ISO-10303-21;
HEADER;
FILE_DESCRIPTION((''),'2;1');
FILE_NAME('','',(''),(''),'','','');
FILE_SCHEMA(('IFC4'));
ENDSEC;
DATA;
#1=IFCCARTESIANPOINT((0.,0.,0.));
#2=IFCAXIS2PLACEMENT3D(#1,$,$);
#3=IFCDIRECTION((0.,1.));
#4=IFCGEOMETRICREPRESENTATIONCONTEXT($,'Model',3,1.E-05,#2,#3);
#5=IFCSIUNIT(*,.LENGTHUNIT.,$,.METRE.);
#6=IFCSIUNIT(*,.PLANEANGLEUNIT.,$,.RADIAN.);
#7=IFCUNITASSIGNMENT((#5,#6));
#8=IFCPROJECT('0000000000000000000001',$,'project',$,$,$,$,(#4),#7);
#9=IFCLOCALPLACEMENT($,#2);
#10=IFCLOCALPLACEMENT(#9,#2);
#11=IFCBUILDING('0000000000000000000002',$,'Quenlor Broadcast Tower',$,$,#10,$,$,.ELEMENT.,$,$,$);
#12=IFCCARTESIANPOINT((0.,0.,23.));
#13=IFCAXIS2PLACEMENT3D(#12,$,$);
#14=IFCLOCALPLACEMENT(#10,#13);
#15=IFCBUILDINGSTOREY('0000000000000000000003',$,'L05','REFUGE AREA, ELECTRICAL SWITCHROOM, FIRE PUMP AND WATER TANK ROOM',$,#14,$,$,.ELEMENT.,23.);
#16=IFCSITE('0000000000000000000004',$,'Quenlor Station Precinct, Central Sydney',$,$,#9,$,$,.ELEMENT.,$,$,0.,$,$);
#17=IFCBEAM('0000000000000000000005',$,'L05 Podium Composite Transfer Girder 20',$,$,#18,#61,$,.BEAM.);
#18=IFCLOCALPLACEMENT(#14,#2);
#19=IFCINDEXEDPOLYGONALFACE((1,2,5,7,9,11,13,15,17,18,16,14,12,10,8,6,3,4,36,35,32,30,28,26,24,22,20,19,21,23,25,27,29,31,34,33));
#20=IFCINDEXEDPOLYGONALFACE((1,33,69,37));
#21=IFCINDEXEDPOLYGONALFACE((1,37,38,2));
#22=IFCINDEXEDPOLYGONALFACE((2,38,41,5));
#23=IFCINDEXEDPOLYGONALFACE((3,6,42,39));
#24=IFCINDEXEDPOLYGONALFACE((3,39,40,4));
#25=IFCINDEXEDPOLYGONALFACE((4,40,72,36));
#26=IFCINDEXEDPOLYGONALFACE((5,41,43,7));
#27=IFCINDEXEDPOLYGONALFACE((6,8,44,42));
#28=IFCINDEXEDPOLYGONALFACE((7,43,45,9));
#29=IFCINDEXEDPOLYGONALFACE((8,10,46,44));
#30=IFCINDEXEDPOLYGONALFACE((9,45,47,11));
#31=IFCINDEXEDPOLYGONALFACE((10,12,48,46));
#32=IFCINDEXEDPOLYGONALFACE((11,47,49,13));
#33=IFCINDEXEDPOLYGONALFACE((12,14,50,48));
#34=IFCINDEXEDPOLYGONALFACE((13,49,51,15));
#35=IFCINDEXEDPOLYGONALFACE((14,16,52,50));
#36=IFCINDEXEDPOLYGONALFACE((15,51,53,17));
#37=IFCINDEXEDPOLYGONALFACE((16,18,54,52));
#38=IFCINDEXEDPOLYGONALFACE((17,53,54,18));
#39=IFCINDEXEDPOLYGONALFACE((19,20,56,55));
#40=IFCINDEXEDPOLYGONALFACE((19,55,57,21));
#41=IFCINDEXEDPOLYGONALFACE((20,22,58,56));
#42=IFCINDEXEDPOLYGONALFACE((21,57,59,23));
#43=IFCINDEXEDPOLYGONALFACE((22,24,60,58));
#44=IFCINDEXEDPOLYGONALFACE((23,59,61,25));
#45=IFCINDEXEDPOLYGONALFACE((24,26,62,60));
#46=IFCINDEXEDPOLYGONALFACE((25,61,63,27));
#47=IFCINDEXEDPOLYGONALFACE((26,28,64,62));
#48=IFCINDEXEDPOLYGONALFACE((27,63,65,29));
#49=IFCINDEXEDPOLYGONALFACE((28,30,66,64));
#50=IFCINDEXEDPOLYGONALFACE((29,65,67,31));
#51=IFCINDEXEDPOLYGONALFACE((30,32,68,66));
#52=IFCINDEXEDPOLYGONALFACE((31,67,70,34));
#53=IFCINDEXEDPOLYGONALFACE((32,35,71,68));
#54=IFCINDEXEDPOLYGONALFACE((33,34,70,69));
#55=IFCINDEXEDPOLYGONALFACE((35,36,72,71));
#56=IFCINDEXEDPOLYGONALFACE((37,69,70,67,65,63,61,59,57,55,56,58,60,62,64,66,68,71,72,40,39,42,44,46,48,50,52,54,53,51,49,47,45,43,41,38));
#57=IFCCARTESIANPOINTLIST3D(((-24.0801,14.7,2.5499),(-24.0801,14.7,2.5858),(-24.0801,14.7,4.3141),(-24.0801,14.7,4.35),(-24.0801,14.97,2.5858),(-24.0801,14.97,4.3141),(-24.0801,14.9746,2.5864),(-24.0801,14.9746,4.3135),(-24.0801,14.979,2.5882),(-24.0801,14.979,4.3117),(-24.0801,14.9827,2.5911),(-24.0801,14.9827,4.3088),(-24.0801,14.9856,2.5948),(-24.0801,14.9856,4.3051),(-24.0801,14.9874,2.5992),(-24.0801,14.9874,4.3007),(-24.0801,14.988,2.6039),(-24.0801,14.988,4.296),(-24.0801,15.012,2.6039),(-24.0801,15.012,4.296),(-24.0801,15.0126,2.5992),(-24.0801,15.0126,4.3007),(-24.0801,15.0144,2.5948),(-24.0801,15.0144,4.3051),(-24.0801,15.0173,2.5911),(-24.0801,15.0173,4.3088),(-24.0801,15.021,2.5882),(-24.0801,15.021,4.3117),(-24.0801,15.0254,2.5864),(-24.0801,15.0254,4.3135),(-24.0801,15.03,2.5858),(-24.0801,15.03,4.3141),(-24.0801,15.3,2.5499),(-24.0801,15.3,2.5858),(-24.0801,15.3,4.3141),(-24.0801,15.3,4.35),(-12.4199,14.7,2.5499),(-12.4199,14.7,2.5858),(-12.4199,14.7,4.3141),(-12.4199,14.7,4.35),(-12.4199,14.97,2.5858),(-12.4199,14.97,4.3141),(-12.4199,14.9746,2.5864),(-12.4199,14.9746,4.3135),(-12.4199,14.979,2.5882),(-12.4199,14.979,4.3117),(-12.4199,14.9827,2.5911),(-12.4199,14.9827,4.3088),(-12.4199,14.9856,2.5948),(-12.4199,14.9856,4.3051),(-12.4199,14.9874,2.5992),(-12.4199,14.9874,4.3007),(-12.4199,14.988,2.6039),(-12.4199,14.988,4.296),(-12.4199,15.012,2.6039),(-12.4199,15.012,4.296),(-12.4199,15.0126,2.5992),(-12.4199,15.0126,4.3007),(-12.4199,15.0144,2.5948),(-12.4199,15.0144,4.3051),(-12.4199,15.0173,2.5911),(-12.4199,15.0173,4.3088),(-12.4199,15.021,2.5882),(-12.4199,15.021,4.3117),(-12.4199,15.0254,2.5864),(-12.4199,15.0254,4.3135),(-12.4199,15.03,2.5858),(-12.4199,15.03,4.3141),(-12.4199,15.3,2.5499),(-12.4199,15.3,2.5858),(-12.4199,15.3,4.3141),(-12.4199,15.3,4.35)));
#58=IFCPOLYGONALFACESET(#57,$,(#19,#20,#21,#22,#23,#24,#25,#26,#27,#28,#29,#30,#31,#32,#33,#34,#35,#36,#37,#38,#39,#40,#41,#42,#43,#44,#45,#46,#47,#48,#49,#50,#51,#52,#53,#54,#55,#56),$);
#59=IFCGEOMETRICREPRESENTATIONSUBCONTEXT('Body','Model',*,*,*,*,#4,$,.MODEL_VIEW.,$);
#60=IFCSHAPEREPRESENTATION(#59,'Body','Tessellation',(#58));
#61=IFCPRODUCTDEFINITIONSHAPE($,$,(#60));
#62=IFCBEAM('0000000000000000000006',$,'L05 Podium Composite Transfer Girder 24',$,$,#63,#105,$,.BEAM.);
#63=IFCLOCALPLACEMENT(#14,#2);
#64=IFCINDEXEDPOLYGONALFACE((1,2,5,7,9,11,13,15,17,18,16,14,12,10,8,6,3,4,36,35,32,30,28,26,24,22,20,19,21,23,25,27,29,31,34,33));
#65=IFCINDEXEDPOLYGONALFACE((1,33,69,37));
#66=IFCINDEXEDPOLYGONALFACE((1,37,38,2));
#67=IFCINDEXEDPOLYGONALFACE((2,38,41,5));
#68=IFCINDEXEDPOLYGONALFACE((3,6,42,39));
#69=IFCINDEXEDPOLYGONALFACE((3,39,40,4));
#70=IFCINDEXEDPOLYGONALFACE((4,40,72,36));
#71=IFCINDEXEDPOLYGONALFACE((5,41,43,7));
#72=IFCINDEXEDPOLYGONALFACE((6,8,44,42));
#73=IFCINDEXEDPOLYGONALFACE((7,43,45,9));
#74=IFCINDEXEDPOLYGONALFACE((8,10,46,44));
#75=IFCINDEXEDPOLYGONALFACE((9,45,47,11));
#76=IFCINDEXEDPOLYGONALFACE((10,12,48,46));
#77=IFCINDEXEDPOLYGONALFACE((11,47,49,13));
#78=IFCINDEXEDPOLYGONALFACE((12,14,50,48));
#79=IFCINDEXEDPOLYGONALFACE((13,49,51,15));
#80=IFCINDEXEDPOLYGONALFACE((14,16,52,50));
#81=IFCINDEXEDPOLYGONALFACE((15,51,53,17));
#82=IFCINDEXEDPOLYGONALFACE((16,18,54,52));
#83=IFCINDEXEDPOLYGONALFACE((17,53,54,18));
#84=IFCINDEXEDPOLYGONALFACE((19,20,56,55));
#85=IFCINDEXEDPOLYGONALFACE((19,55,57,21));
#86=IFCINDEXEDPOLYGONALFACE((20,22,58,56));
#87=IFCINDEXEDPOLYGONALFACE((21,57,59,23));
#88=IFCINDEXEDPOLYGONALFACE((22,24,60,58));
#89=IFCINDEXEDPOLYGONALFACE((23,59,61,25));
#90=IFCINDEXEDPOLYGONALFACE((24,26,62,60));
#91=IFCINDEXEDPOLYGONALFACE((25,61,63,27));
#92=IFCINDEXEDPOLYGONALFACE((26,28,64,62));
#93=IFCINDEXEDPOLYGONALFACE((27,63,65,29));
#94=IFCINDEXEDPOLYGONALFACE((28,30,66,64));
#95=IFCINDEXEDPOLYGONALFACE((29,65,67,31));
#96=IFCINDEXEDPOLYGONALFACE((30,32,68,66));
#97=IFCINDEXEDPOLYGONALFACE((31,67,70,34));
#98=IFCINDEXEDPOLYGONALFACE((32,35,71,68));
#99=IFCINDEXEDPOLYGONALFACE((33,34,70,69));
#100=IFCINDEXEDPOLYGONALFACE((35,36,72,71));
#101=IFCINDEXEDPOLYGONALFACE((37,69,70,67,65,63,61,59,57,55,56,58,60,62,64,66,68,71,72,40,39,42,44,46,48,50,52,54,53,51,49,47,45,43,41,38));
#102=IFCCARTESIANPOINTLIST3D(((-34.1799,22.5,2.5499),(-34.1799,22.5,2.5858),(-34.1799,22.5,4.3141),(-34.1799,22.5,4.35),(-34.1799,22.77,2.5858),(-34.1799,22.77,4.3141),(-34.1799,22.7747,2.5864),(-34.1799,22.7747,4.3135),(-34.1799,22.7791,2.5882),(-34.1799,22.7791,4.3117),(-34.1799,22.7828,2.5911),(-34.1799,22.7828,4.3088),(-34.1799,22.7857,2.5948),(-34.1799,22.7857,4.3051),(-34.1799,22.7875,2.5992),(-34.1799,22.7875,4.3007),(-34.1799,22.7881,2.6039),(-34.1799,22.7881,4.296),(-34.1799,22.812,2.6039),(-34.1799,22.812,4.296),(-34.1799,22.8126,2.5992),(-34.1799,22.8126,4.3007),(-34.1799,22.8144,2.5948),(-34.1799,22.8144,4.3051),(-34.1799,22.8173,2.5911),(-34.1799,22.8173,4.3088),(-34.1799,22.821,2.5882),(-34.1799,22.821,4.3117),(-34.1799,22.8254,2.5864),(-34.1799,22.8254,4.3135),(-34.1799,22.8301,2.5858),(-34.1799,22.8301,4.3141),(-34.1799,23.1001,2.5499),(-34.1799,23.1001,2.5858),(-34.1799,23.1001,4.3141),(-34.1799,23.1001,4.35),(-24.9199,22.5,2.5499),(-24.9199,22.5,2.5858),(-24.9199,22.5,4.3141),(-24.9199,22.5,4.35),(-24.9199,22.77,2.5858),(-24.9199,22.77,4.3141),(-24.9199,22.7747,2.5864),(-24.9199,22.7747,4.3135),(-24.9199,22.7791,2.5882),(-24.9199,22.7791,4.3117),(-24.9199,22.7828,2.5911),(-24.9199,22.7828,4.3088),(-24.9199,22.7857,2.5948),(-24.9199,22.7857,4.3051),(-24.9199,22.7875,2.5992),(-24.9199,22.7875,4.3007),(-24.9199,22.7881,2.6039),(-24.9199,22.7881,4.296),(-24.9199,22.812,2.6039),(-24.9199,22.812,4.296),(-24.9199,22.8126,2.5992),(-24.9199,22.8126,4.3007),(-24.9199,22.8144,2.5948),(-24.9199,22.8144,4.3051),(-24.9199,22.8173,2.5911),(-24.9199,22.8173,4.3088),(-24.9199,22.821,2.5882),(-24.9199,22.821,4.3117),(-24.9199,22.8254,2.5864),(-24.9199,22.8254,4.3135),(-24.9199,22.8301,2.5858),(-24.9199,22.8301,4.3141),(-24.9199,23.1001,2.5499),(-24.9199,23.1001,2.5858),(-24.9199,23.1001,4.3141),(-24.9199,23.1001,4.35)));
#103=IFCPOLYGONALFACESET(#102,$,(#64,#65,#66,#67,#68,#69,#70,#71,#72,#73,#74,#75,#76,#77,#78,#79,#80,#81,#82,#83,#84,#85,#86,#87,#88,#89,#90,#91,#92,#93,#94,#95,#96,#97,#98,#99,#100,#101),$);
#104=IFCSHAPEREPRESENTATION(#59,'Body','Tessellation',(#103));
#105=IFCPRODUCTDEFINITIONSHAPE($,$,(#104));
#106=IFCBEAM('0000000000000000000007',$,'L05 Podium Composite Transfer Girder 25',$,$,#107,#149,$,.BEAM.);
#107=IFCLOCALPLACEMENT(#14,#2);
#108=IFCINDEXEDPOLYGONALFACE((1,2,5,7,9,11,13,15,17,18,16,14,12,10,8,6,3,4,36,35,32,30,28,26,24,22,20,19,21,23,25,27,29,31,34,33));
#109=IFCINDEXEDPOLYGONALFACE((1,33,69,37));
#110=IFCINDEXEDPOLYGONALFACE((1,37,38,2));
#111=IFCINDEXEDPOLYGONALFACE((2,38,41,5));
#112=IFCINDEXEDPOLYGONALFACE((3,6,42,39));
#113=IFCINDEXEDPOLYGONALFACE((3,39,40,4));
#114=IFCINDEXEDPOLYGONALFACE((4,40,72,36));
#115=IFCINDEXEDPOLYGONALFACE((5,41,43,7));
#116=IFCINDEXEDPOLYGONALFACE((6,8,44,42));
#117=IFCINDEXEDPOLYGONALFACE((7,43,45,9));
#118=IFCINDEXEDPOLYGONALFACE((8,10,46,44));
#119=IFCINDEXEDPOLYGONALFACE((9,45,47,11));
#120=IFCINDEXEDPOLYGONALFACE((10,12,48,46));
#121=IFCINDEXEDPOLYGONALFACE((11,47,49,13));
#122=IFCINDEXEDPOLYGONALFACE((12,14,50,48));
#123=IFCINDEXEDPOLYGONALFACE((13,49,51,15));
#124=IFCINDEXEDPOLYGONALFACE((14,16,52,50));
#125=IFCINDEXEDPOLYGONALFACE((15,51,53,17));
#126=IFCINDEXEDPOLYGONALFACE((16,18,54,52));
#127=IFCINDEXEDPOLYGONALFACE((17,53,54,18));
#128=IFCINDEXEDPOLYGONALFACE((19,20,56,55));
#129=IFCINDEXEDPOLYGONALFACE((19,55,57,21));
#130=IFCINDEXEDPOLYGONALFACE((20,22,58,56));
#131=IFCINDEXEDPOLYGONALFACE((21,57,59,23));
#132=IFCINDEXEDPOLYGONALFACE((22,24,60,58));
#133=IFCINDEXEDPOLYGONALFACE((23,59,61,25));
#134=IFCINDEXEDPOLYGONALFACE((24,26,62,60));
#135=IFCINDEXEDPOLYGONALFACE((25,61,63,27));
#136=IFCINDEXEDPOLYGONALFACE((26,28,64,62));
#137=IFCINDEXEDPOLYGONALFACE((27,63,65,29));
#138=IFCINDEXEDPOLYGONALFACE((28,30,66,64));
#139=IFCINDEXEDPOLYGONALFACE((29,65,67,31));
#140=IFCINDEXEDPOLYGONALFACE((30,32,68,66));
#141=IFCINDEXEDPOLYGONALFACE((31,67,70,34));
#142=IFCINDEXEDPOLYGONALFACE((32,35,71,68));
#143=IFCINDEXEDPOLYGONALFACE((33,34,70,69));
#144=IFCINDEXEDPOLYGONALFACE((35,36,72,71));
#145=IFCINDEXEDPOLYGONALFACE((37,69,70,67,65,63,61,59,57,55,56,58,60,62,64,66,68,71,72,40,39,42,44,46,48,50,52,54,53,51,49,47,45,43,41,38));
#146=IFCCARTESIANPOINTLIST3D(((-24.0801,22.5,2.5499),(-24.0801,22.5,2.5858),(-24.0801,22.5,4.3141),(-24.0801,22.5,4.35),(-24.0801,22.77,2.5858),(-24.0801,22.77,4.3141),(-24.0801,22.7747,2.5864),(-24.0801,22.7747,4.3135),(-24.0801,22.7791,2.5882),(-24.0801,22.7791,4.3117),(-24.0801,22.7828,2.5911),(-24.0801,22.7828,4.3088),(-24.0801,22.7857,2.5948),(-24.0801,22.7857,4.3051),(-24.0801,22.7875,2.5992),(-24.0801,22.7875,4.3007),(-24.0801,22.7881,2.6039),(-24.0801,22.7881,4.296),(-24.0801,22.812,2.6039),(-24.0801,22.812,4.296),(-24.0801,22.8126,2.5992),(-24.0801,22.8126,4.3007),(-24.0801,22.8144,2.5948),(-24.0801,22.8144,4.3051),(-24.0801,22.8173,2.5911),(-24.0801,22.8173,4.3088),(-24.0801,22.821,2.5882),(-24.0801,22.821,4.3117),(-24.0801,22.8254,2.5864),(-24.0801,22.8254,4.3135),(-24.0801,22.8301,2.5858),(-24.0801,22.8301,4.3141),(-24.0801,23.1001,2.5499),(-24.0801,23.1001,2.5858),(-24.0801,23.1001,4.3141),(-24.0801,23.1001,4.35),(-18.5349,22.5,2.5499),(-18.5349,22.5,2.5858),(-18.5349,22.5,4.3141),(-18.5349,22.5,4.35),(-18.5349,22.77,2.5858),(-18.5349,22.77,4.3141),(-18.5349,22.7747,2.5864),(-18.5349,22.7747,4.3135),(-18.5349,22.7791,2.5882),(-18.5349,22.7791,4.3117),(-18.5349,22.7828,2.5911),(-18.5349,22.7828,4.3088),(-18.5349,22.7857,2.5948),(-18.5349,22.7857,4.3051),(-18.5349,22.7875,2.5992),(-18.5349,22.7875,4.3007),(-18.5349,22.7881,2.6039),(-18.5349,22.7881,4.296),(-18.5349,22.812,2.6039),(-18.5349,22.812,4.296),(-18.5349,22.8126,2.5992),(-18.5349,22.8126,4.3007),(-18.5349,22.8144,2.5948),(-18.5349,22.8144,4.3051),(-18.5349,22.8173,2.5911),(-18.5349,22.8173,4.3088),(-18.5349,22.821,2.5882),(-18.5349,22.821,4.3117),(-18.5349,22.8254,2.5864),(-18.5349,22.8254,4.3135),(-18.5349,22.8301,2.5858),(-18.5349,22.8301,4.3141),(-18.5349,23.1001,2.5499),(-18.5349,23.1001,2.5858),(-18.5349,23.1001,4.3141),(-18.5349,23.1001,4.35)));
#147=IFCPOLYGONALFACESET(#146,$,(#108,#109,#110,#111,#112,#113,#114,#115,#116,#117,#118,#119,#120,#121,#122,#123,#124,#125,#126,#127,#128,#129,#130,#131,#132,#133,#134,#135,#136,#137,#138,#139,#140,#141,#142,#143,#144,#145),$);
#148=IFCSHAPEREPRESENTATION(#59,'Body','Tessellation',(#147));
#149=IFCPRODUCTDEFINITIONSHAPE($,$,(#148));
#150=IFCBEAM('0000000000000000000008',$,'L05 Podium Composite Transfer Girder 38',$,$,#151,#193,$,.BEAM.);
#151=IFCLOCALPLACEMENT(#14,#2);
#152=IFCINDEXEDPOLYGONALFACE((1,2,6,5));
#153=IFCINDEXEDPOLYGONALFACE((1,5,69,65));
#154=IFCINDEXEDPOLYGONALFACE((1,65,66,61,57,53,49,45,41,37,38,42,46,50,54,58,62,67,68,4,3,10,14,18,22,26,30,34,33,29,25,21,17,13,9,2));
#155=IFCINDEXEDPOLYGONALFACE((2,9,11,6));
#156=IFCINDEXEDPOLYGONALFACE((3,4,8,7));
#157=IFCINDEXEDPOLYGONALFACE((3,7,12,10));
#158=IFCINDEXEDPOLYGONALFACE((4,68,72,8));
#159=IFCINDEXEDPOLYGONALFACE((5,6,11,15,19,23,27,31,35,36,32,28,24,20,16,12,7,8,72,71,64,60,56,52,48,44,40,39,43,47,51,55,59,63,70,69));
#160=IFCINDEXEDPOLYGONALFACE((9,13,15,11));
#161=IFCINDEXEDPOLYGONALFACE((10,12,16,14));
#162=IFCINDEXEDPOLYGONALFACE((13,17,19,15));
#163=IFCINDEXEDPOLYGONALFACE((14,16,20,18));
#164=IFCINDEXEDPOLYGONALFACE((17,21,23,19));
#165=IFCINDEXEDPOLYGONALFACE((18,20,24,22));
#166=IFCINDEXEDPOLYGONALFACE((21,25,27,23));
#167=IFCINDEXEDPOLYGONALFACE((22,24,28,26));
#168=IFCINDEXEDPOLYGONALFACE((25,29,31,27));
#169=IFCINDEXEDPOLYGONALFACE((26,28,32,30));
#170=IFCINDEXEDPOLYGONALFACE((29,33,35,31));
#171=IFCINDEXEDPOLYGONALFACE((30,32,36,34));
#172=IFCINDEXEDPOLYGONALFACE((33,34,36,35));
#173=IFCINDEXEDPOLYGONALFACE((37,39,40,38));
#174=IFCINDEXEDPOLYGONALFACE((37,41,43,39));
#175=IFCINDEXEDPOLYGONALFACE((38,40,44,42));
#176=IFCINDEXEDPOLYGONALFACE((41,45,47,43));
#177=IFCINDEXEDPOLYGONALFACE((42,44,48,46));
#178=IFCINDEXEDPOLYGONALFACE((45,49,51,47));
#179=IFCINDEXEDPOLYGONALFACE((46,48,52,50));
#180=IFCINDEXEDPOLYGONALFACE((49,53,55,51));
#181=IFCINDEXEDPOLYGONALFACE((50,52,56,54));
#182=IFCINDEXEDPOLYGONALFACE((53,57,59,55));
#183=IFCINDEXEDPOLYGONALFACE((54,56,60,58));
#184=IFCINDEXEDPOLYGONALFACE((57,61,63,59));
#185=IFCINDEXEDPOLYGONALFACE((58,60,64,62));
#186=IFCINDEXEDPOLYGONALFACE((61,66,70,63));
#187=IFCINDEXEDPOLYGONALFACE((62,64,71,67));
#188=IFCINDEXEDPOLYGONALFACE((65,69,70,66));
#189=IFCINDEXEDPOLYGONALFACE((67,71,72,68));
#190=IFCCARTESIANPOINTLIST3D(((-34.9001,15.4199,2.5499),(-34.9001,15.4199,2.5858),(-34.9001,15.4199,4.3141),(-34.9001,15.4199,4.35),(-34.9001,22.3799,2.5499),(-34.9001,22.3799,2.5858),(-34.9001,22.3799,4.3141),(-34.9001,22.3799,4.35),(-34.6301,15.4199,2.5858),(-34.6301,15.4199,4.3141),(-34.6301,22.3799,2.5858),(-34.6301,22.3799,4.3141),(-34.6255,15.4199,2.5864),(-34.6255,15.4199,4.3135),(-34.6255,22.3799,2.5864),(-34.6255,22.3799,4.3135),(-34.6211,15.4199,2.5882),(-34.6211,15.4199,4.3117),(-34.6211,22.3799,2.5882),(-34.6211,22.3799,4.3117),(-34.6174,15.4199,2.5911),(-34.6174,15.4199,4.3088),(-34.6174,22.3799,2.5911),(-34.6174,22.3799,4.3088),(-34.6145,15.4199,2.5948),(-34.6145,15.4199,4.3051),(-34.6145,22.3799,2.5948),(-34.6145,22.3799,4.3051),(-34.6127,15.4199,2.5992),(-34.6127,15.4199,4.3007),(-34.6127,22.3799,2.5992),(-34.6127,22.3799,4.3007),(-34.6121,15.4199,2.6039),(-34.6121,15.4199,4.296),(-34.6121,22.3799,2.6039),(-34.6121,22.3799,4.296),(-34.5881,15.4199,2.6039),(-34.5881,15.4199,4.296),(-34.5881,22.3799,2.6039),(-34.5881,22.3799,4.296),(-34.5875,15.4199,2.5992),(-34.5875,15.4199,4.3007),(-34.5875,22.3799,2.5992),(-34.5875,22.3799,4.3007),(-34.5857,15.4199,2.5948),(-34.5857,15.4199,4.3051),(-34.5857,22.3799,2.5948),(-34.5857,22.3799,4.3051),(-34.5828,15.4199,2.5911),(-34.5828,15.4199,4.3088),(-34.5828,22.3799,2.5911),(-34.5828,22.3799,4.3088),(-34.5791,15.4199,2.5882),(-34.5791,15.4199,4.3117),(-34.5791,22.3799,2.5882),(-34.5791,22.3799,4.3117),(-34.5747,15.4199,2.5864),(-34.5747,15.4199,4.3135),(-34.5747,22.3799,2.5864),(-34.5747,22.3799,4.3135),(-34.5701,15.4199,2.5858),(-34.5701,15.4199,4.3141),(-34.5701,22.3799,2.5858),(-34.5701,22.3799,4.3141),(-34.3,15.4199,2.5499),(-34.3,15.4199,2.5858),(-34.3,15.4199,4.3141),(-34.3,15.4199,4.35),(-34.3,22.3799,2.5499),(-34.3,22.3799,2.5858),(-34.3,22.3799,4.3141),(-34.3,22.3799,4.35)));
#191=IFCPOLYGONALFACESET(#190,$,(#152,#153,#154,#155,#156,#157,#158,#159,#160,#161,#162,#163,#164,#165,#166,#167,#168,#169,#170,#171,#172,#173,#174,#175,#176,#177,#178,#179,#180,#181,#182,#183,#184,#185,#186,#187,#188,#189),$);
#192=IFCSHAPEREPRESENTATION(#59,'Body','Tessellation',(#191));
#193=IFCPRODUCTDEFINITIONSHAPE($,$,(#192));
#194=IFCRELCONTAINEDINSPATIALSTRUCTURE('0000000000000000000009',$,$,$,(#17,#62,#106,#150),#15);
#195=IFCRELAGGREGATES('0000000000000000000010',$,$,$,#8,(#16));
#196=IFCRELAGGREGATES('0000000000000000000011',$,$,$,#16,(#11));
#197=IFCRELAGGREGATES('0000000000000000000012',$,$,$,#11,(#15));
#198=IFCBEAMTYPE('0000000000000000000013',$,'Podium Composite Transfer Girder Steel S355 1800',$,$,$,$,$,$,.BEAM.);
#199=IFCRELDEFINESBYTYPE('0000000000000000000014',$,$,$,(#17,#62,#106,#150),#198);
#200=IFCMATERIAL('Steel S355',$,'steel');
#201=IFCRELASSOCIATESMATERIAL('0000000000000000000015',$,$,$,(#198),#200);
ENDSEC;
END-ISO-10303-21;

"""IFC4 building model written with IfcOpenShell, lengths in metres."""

from ifc_helpers import new_model, si_unit, direction, frame, origin, origin_2d, place, context, subcontext, project, spatial, i_section, extrude, material, material_profile, profile_set, type_object, element, save


model = new_model("IFC4")

# Units and contexts
model_context = context("Model", 3, precision=1e-05, world=origin(), true_north=direction((0.0, 1.0)))
body_context = subcontext(model_context, "Body", "Model", "MODEL_VIEW")
ifc_project = project(units=[si_unit("LENGTHUNIT", "METRE"), si_unit("PLANEANGLEUNIT", "RADIAN")], contexts=[model_context])

# Site, building, storey
site_placement = place(None, origin())
site = spatial("IfcSite", under=ifc_project, at=site_placement, Name="Quenlor Station Precinct, Central Sydney", CompositionType="ELEMENT", RefElevation=0.0)
building_placement = place(site_placement, origin())
building = spatial("IfcBuilding", under=site, at=building_placement, Name="Quenlor Broadcast Tower", CompositionType="ELEMENT")
storey_placement = place(building_placement, frame((0.0, 0.0, 23.0)))
storey = spatial("IfcBuildingStorey", under=building, at=storey_placement, Name="L05", Description="REFUGE AREA, ELECTRICAL SWITCHROOM, FIRE PUMP AND WATER TANK ROOM", CompositionType="ELEMENT", Elevation=23.0)

# Beams
ifc_material_1 = material(Name="Steel S355", Category="steel")
ifc_material_profile_1 = material_profile(ifc_material_1, i_section(OverallWidth=0.6001, OverallDepth=1.8, WebThickness=0.0239, FlangeThickness=0.0359, FilletRadius=0.0181, at=origin_2d()))
ifc_profile_set_1 = profile_set([ifc_material_profile_1], Name="Steel S355 1800TG620")
beam_type = type_object("IfcBeamType", Name="Podium Composite Transfer Girder Steel S355 1800", PredefinedType="BEAM", material=ifc_profile_set_1)
beam_1_placement = place(storey_placement, frame((-24.0801, 15.0, 3.45), z_axis=(1.0, 0.0, 0.0), x_axis=(0.0, 1.0, 0.0)))
element("IfcBeam", 1, at=beam_1_placement, inside=storey, type_object=beam_type, Name="L05 Podium Composite Transfer Girder 20", PredefinedType="BEAM", context=body_context, shape_type="SweptSolid", body=[
    extrude(i_section(OverallWidth=0.6001, OverallDepth=1.8, WebThickness=0.0239, FlangeThickness=0.0359, FilletRadius=0.0181, at=origin_2d()), origin(), (0.0, 0.0, 1.0), 11.6602),
])
beam_2_placement = place(storey_placement, frame((-34.1799, 22.8, 3.45), z_axis=(1.0, 0.0, 0.0), x_axis=(0.0, 1.0, 0.0)))
element("IfcBeam", 2, at=beam_2_placement, inside=storey, type_object=beam_type, Name="L05 Podium Composite Transfer Girder 24", PredefinedType="BEAM", context=body_context, shape_type="SweptSolid", body=[
    extrude(i_section(OverallWidth=0.6001, OverallDepth=1.8, WebThickness=0.0239, FlangeThickness=0.0359, FilletRadius=0.0181, at=origin_2d()), origin(), (0.0, 0.0, 1.0), 9.26),
])
beam_3_placement = place(storey_placement, frame((-24.0801, 22.8, 3.45), z_axis=(1.0, 0.0, 0.0), x_axis=(0.0, 1.0, 0.0)))
element("IfcBeam", 3, at=beam_3_placement, inside=storey, type_object=beam_type, Name="L05 Podium Composite Transfer Girder 25", PredefinedType="BEAM", context=body_context, shape_type="SweptSolid", body=[
    extrude(i_section(OverallWidth=0.6001, OverallDepth=1.8, WebThickness=0.0239, FlangeThickness=0.0359, FilletRadius=0.0181, at=origin_2d()), origin(), (0.0, 0.0, 1.0), 5.5452),
])
for number, where, z_axis, x_axis, name in (
    (4, (-34.6001, 15.4199, 3.45), (0.0, 1.0, 0.0), (-1.0, 0.0, 0.0), "L05 Podium Composite Transfer Girder 38"),
):
    element("IfcBeam", number, at=place(storey_placement, frame(where, z_axis=z_axis, x_axis=x_axis)), inside=storey, type_object=beam_type, Name=name, PredefinedType="BEAM", context=body_context, shape_type="SweptSolid", body=[
        extrude(i_section(OverallWidth=0.6001, OverallDepth=1.8, WebThickness=0.0239, FlangeThickness=0.0359, FilletRadius=0.0181, at=origin_2d()), origin(), (0.0, 0.0, 1.0), 6.96),
    ])

save(model, "model.ifc")
